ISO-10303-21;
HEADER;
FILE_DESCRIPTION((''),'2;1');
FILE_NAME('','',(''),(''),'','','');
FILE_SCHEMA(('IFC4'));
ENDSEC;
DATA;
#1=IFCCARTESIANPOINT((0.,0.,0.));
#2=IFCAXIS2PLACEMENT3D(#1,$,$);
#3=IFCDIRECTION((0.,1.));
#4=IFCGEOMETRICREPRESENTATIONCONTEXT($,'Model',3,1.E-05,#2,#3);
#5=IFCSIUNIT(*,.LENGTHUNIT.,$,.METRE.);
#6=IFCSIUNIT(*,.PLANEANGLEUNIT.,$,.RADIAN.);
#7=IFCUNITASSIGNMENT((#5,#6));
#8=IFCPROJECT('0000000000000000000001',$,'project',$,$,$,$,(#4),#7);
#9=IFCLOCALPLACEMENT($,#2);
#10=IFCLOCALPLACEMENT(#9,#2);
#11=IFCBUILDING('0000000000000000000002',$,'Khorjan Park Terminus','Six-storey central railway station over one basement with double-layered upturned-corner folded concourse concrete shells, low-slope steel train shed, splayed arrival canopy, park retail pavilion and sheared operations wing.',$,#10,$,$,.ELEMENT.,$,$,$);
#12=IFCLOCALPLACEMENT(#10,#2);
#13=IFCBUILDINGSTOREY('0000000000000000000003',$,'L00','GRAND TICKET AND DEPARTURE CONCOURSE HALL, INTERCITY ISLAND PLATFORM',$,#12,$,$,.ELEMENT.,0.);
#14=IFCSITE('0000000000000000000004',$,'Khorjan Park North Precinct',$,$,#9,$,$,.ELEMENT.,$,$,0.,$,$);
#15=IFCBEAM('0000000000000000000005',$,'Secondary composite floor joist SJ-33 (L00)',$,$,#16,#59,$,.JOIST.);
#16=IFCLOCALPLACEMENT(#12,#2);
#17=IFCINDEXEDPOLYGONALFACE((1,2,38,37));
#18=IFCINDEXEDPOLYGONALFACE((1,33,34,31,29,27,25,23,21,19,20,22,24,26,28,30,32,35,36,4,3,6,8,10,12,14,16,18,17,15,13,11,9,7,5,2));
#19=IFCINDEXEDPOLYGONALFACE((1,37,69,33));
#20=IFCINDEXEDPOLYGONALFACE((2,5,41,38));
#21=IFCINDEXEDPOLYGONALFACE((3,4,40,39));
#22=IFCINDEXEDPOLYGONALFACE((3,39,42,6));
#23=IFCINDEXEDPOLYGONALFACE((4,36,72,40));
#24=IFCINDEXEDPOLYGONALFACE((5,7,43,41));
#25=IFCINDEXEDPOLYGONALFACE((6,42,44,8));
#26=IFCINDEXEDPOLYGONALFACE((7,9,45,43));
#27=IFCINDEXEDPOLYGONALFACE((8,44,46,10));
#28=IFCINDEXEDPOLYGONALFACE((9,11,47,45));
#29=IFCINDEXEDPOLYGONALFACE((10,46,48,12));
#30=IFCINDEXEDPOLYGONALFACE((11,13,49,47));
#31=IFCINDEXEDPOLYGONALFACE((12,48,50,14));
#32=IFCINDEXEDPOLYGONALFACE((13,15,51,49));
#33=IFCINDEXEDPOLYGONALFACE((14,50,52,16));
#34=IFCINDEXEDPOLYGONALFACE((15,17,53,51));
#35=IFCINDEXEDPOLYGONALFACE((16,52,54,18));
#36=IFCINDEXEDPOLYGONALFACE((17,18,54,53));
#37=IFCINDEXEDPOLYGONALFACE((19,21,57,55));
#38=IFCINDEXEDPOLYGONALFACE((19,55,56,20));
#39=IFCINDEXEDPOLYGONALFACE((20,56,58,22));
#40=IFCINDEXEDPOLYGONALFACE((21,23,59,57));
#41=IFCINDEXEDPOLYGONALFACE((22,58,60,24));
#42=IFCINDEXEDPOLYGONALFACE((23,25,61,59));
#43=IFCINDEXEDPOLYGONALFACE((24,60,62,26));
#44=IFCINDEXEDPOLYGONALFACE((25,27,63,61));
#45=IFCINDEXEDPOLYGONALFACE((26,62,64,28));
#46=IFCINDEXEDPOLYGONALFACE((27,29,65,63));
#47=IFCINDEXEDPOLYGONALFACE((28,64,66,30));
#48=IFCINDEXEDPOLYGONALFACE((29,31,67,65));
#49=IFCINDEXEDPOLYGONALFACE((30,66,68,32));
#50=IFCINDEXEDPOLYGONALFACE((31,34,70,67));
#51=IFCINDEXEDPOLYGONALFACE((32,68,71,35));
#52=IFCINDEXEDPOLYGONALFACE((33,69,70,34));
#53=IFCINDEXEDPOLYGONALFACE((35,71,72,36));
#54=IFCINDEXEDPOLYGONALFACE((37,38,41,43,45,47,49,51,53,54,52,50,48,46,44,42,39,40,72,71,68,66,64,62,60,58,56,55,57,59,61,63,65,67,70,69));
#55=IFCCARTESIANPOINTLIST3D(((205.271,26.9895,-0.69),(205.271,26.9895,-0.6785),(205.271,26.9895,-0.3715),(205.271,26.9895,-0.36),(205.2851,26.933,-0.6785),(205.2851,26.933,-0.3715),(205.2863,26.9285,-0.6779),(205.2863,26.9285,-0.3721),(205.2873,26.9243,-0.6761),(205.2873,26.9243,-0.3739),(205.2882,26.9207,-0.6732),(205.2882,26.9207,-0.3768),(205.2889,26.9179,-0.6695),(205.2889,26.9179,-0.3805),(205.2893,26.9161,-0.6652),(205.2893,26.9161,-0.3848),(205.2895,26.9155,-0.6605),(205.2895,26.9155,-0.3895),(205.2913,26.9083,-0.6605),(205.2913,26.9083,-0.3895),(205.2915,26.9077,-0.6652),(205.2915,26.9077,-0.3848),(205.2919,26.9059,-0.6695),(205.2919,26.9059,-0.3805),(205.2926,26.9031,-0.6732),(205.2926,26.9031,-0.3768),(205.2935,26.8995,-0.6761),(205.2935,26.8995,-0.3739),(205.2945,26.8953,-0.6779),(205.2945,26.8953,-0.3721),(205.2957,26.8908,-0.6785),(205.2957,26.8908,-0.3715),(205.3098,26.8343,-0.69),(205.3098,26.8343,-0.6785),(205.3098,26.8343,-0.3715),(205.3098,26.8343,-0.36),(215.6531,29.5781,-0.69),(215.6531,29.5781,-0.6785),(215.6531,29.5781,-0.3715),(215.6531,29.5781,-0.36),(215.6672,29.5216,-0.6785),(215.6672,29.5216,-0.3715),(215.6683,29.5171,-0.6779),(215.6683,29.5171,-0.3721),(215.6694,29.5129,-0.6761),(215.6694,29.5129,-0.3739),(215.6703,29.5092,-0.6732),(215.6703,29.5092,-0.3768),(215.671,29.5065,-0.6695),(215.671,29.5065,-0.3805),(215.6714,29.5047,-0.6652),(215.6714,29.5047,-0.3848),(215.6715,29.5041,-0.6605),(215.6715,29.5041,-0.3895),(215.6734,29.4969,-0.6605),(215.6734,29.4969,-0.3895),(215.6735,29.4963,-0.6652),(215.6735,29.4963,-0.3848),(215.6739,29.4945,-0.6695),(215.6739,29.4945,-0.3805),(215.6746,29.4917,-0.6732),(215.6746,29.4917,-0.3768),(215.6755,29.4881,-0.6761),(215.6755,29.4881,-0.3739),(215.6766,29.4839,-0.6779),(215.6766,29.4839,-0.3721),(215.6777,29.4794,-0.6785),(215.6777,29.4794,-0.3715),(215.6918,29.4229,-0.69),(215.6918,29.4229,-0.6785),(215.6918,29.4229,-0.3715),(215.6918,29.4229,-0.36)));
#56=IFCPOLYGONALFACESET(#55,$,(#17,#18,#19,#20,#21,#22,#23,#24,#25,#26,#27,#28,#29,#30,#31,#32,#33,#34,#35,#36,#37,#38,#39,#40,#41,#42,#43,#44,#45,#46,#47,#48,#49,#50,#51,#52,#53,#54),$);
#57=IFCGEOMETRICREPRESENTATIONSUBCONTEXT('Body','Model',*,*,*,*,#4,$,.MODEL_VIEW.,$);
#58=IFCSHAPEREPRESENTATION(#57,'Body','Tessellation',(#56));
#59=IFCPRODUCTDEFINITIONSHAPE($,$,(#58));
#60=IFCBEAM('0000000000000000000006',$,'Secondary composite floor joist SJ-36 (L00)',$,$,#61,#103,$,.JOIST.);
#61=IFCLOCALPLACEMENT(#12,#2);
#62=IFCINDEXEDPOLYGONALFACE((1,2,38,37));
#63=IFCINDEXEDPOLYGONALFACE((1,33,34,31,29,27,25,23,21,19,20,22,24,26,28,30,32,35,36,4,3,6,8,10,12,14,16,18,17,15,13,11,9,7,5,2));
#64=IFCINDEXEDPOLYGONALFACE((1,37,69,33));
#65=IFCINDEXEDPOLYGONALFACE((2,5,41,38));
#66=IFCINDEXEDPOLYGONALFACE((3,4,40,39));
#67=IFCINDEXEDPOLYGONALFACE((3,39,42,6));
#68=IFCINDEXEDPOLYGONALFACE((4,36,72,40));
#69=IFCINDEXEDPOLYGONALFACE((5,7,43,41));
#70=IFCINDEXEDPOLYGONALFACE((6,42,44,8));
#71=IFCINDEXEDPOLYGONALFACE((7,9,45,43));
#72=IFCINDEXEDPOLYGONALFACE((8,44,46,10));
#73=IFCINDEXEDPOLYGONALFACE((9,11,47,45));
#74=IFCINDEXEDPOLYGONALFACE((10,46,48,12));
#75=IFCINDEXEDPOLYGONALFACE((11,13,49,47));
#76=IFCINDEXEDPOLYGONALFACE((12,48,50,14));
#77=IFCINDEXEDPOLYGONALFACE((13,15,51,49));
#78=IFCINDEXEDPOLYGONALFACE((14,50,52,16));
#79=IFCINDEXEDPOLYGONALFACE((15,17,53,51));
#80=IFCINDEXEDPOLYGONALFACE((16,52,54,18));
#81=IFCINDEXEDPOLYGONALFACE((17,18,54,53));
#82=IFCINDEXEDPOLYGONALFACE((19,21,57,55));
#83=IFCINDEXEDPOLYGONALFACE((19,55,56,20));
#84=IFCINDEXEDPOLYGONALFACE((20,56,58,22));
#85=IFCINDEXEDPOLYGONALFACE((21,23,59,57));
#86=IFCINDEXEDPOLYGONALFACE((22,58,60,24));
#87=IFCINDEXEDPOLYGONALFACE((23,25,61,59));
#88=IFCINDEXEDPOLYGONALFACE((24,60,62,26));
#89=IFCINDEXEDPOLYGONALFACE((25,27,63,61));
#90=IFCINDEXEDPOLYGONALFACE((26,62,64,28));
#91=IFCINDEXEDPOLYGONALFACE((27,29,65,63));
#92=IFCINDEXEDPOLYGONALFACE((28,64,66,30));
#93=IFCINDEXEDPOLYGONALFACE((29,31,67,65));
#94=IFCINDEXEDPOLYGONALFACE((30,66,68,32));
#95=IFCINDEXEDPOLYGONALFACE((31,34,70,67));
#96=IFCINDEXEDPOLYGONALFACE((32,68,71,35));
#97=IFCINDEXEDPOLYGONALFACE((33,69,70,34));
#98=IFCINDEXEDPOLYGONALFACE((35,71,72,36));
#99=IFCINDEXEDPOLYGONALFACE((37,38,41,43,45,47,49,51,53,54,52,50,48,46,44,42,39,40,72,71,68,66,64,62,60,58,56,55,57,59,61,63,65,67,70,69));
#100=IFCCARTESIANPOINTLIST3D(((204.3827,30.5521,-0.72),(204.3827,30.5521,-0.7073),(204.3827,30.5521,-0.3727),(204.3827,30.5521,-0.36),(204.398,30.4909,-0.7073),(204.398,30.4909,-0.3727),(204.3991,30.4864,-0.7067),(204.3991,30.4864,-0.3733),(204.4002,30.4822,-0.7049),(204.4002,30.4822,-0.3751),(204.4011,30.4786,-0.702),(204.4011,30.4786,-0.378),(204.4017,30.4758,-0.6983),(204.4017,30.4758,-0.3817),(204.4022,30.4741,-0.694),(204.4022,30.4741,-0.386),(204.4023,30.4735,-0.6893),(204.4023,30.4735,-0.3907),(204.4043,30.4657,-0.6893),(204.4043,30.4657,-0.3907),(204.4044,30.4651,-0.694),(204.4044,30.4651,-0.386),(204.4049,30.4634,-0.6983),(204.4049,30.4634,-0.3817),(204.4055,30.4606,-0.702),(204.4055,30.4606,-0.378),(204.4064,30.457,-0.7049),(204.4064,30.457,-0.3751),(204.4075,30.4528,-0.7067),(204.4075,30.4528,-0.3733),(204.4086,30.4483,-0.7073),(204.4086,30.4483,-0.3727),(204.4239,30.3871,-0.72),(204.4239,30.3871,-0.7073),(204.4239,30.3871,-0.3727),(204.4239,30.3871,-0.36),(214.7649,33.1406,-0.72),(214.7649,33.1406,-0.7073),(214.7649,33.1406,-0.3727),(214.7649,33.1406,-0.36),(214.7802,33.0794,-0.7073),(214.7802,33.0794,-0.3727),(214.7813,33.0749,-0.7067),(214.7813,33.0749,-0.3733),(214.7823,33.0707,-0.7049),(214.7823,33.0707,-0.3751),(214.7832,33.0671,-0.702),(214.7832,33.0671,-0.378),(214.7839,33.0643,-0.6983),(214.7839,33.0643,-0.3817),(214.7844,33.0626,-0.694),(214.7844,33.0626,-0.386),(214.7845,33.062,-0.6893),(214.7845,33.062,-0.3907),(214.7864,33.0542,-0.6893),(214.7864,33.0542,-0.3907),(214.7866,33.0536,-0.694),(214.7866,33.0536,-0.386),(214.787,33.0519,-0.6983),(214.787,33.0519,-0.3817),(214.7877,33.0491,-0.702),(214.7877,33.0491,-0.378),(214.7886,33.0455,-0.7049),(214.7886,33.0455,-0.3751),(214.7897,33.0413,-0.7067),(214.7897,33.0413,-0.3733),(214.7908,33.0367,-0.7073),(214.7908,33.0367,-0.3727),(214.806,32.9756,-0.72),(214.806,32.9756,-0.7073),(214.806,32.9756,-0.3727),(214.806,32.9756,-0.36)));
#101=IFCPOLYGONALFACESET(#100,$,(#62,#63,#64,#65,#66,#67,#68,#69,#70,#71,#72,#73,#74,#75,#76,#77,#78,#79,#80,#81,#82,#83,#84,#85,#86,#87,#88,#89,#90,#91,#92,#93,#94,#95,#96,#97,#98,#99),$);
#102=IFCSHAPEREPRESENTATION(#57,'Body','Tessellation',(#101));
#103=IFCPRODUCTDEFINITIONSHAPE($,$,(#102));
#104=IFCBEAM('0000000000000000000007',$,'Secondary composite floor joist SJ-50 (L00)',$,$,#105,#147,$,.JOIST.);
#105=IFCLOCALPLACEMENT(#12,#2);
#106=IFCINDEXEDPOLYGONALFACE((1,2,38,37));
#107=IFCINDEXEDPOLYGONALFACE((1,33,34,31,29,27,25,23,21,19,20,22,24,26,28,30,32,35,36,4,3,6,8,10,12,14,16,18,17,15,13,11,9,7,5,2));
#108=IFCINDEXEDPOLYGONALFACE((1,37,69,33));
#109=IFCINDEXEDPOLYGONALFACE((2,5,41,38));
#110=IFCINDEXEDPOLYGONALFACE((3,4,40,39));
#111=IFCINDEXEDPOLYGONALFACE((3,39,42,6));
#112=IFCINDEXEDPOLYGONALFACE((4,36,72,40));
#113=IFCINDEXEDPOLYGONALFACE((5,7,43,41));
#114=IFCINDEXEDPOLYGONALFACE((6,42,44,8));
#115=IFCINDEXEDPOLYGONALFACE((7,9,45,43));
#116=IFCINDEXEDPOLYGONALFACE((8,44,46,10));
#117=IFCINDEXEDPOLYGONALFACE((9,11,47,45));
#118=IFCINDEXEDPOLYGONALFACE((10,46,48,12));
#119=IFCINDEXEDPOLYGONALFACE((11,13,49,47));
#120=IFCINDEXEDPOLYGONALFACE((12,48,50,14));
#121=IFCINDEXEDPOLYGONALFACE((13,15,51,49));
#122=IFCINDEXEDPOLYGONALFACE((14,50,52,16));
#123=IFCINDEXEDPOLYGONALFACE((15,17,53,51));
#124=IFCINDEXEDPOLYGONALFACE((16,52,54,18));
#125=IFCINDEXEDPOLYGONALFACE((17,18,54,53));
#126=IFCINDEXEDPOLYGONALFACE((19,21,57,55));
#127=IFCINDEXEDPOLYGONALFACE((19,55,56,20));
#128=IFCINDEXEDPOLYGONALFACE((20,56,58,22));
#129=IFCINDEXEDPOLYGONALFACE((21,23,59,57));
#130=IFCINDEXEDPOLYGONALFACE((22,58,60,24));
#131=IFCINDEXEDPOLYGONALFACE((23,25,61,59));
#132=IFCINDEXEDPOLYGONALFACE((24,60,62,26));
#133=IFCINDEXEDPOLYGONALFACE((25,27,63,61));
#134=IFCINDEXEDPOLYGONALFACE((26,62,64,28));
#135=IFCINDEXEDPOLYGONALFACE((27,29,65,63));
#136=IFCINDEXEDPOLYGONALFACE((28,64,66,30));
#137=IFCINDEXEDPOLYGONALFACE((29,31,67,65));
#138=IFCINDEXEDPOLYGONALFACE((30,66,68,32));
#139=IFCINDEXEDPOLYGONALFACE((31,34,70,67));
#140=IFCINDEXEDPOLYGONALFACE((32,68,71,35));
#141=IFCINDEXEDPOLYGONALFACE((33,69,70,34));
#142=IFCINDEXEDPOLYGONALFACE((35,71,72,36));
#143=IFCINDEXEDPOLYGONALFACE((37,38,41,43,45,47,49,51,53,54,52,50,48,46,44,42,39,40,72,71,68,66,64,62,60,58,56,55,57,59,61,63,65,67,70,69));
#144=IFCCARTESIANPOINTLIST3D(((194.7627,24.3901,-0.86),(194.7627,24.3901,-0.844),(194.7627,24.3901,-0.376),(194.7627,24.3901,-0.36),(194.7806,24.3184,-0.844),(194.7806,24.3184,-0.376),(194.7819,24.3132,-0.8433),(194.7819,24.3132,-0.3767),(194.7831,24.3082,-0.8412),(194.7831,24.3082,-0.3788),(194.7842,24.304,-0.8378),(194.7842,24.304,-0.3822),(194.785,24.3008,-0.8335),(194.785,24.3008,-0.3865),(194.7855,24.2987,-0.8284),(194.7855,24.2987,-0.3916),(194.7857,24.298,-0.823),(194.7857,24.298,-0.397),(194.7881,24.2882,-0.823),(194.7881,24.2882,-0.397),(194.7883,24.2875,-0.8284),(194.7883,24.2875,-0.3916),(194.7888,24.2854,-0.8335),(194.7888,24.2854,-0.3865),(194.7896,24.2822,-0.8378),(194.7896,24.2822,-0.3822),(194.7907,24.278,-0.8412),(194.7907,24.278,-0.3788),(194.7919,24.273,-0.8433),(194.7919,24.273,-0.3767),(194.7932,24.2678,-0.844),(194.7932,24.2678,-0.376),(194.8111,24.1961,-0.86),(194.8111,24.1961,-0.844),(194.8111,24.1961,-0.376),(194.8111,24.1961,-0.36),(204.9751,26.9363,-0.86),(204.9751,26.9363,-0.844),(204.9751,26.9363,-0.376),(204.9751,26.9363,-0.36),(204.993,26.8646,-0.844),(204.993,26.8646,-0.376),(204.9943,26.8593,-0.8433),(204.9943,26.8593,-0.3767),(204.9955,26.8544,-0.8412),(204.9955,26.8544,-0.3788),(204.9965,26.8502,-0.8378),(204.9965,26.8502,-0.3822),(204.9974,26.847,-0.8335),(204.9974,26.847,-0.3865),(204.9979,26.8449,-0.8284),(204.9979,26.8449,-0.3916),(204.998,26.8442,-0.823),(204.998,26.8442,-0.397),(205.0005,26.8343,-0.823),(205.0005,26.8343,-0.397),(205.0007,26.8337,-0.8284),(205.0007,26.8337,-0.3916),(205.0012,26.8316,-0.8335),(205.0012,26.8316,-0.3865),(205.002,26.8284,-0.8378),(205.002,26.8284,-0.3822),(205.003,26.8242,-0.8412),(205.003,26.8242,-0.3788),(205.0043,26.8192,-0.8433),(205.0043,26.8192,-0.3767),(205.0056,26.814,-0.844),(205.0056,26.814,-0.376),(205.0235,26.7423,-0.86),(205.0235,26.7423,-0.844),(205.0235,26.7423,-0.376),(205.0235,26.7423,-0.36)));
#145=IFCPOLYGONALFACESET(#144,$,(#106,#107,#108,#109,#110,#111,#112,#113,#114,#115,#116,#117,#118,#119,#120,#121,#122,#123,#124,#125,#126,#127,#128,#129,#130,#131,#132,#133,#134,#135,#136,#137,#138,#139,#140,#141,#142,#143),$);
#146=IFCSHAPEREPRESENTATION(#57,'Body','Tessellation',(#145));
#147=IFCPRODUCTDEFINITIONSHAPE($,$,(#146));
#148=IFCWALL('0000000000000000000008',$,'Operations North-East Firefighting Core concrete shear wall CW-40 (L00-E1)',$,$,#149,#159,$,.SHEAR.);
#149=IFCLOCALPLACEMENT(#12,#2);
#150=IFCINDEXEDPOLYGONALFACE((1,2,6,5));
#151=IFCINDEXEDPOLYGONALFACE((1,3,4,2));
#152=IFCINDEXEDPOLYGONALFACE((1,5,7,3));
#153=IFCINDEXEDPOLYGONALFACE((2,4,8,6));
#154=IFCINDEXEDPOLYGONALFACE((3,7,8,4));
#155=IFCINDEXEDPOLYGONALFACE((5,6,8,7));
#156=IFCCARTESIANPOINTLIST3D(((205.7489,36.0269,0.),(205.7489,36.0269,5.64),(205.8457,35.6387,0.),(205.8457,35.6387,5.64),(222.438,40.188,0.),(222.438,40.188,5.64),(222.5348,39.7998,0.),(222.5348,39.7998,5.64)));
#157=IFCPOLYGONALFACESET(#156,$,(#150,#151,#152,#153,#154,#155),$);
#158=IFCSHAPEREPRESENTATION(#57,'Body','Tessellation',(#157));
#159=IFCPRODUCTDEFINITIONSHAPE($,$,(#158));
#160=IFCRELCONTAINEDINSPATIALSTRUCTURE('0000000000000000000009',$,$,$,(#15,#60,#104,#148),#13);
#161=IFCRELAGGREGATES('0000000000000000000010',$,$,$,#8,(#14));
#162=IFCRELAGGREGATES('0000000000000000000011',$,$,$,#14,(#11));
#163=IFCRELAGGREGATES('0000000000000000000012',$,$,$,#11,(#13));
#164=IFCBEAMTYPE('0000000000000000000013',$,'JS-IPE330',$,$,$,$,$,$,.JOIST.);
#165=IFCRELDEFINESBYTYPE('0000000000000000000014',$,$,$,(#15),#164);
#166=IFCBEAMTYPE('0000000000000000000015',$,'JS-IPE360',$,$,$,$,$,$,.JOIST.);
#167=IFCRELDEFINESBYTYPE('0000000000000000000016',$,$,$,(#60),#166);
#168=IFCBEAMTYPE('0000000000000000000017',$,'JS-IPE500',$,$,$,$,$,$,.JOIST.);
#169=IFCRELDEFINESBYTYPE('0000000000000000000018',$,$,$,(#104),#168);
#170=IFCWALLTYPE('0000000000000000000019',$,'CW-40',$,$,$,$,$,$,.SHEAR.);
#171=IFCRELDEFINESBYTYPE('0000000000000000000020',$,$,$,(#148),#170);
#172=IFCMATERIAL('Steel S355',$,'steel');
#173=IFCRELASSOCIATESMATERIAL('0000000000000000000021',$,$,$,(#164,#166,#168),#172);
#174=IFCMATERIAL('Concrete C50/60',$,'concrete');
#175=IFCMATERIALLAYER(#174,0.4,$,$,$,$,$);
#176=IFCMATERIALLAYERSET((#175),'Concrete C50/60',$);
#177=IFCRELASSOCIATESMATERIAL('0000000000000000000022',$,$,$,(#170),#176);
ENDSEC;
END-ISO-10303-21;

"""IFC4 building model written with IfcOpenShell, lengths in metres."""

from ifc_helpers import new_model, si_unit, direction, frame, frame_2d, origin, origin_2d, place, context, subcontext, project, spatial, rectangle, i_section, extrude, material, layer, layer_set, material_profile, profile_set, type_object, element, save


model = new_model("IFC4")

# Units and contexts
model_context = context("Model", 3, precision=1e-05, world=origin(), true_north=direction((0.0, 1.0)))
body_context = subcontext(model_context, "Body", "Model", "MODEL_VIEW")
ifc_project = project(units=[si_unit("LENGTHUNIT", "METRE"), si_unit("PLANEANGLEUNIT", "RADIAN")], contexts=[model_context])

# Site, building, storey
site_placement = place(None, origin())
site = spatial("IfcSite", under=ifc_project, at=site_placement, Name="Khorjan Park North Precinct", CompositionType="ELEMENT", RefElevation=0.0)
building_placement = place(site_placement, origin())
building = spatial("IfcBuilding", under=site, at=building_placement, Name="Khorjan Park Terminus", Description="Six-storey central railway station over one basement with double-layered upturned-corner folded concourse concrete shells, low-slope steel train shed, splayed arrival canopy, park retail pavilion and sheared operations wing.", CompositionType="ELEMENT")
storey_placement = place(building_placement, origin())
storey = spatial("IfcBuildingStorey", under=building, at=storey_placement, Name="L00", Description="GRAND TICKET AND DEPARTURE CONCOURSE HALL, INTERCITY ISLAND PLATFORM", CompositionType="ELEMENT", Elevation=0.0)

# Shared definitions
ifc_material_1 = material(Name="Concrete C50/60", Category="concrete")

# Beams
ifc_material_2 = material(Name="Steel S355", Category="steel")
ifc_material_profile_1 = material_profile(ifc_material_2, i_section(OverallWidth=0.16, OverallDepth=0.33, WebThickness=0.0075, FlangeThickness=0.0115, FilletRadius=0.018, at=origin_2d()), Name="IPE 330")
ifc_profile_set_1 = profile_set([ifc_material_profile_1], Name="Steel S355")
beam_type_1 = type_object("IfcBeamType", Name="JS-IPE330", PredefinedType="JOIST", material=ifc_profile_set_1)
beam_1_placement = place(storey_placement, frame((205.2904, 26.9119, -0.525), z_axis=(0.970295, 0.241926, 0.0), x_axis=(-0.241926, 0.970295, 0.0)))
element("IfcBeam", 1, at=beam_1_placement, inside=storey, type_object=beam_type_1, Name="Secondary composite floor joist SJ-33 (L00)", PredefinedType="JOIST", context=body_context, shape_type="SweptSolid", body=[
    extrude(i_section(OverallWidth=0.16, OverallDepth=0.33, WebThickness=0.0075, FlangeThickness=0.0115, FilletRadius=0.018, at=origin_2d()), origin(), (0.0, 0.0, 1.0), 10.6999),
])
ifc_material_profile_2 = material_profile(ifc_material_2, i_section(OverallWidth=0.17, OverallDepth=0.36, WebThickness=0.008, FlangeThickness=0.0127, FilletRadius=0.018, at=origin_2d()), Name="IPE 360")
ifc_profile_set_2 = profile_set([ifc_material_profile_2], Name="Steel S355")
beam_type_2 = type_object("IfcBeamType", Name="JS-IPE360", PredefinedType="JOIST", material=ifc_profile_set_2)
beam_2_placement = place(storey_placement, frame((204.4033, 30.4696, -0.54), z_axis=(0.970297, 0.241915, 0.0), x_axis=(-0.241915, 0.970297, 0.0)))
element("IfcBeam", 2, at=beam_2_placement, inside=storey, type_object=beam_type_2, Name="Secondary composite floor joist SJ-36 (L00)", PredefinedType="JOIST", context=body_context, shape_type="SweptSolid", body=[
    extrude(i_section(OverallWidth=0.17, OverallDepth=0.36, WebThickness=0.008, FlangeThickness=0.0127, FilletRadius=0.018, at=origin_2d()), origin(), (0.0, 0.0, 1.0), 10.7),
])
ifc_material_profile_3 = material_profile(ifc_material_2, i_section(OverallWidth=0.2, OverallDepth=0.5, WebThickness=0.0102, FlangeThickness=0.016, FilletRadius=0.021, at=origin_2d()), Name="IPE 500")
ifc_profile_set_3 = profile_set([ifc_material_profile_3], Name="Steel S355")
beam_type_3 = type_object("IfcBeamType", Name="JS-IPE500", PredefinedType="JOIST", material=ifc_profile_set_3)
beam_3_placement = place(storey_placement, frame((194.7869, 24.2931, -0.61), z_axis=(0.970297, 0.241919, 0.0), x_axis=(-0.241919, 0.970297, 0.0)))
element("IfcBeam", 3, at=beam_3_placement, inside=storey, type_object=beam_type_3, Name="Secondary composite floor joist SJ-50 (L00)", PredefinedType="JOIST", context=body_context, shape_type="SweptSolid", body=[
    extrude(i_section(OverallWidth=0.2, OverallDepth=0.5, WebThickness=0.0102, FlangeThickness=0.016, FilletRadius=0.021, at=origin_2d()), origin(), (0.0, 0.0, 1.0), 10.525),
])

# Wall
ifc_layer_1 = layer(ifc_material_1, 0.4)
ifc_layer_set_1 = layer_set([ifc_layer_1], Name="Concrete C50/60")
wall_type_1 = type_object("IfcWallType", Name="CW-40", PredefinedType="SHEAR", material=ifc_layer_set_1)
wall_1_placement = place(storey_placement, frame((205.7973, 35.8328, 0.0), z_axis=(0.0, 0.0, 1.0), x_axis=(0.970295, 0.241924, 0.0)))
element("IfcWall", 4, at=wall_1_placement, inside=storey, type_object=wall_type_1, Name="Operations North-East Firefighting Core concrete shear wall CW-40 (L00-E1)", PredefinedType="SHEAR", context=body_context, shape_type="SweptSolid", body=[
    extrude(rectangle(XDim=17.2, YDim=0.4, at=frame_2d((8.6, 0.0))), origin(), (0.0, 0.0, 1.0), 5.64),
])

save(model, "model.ifc")
